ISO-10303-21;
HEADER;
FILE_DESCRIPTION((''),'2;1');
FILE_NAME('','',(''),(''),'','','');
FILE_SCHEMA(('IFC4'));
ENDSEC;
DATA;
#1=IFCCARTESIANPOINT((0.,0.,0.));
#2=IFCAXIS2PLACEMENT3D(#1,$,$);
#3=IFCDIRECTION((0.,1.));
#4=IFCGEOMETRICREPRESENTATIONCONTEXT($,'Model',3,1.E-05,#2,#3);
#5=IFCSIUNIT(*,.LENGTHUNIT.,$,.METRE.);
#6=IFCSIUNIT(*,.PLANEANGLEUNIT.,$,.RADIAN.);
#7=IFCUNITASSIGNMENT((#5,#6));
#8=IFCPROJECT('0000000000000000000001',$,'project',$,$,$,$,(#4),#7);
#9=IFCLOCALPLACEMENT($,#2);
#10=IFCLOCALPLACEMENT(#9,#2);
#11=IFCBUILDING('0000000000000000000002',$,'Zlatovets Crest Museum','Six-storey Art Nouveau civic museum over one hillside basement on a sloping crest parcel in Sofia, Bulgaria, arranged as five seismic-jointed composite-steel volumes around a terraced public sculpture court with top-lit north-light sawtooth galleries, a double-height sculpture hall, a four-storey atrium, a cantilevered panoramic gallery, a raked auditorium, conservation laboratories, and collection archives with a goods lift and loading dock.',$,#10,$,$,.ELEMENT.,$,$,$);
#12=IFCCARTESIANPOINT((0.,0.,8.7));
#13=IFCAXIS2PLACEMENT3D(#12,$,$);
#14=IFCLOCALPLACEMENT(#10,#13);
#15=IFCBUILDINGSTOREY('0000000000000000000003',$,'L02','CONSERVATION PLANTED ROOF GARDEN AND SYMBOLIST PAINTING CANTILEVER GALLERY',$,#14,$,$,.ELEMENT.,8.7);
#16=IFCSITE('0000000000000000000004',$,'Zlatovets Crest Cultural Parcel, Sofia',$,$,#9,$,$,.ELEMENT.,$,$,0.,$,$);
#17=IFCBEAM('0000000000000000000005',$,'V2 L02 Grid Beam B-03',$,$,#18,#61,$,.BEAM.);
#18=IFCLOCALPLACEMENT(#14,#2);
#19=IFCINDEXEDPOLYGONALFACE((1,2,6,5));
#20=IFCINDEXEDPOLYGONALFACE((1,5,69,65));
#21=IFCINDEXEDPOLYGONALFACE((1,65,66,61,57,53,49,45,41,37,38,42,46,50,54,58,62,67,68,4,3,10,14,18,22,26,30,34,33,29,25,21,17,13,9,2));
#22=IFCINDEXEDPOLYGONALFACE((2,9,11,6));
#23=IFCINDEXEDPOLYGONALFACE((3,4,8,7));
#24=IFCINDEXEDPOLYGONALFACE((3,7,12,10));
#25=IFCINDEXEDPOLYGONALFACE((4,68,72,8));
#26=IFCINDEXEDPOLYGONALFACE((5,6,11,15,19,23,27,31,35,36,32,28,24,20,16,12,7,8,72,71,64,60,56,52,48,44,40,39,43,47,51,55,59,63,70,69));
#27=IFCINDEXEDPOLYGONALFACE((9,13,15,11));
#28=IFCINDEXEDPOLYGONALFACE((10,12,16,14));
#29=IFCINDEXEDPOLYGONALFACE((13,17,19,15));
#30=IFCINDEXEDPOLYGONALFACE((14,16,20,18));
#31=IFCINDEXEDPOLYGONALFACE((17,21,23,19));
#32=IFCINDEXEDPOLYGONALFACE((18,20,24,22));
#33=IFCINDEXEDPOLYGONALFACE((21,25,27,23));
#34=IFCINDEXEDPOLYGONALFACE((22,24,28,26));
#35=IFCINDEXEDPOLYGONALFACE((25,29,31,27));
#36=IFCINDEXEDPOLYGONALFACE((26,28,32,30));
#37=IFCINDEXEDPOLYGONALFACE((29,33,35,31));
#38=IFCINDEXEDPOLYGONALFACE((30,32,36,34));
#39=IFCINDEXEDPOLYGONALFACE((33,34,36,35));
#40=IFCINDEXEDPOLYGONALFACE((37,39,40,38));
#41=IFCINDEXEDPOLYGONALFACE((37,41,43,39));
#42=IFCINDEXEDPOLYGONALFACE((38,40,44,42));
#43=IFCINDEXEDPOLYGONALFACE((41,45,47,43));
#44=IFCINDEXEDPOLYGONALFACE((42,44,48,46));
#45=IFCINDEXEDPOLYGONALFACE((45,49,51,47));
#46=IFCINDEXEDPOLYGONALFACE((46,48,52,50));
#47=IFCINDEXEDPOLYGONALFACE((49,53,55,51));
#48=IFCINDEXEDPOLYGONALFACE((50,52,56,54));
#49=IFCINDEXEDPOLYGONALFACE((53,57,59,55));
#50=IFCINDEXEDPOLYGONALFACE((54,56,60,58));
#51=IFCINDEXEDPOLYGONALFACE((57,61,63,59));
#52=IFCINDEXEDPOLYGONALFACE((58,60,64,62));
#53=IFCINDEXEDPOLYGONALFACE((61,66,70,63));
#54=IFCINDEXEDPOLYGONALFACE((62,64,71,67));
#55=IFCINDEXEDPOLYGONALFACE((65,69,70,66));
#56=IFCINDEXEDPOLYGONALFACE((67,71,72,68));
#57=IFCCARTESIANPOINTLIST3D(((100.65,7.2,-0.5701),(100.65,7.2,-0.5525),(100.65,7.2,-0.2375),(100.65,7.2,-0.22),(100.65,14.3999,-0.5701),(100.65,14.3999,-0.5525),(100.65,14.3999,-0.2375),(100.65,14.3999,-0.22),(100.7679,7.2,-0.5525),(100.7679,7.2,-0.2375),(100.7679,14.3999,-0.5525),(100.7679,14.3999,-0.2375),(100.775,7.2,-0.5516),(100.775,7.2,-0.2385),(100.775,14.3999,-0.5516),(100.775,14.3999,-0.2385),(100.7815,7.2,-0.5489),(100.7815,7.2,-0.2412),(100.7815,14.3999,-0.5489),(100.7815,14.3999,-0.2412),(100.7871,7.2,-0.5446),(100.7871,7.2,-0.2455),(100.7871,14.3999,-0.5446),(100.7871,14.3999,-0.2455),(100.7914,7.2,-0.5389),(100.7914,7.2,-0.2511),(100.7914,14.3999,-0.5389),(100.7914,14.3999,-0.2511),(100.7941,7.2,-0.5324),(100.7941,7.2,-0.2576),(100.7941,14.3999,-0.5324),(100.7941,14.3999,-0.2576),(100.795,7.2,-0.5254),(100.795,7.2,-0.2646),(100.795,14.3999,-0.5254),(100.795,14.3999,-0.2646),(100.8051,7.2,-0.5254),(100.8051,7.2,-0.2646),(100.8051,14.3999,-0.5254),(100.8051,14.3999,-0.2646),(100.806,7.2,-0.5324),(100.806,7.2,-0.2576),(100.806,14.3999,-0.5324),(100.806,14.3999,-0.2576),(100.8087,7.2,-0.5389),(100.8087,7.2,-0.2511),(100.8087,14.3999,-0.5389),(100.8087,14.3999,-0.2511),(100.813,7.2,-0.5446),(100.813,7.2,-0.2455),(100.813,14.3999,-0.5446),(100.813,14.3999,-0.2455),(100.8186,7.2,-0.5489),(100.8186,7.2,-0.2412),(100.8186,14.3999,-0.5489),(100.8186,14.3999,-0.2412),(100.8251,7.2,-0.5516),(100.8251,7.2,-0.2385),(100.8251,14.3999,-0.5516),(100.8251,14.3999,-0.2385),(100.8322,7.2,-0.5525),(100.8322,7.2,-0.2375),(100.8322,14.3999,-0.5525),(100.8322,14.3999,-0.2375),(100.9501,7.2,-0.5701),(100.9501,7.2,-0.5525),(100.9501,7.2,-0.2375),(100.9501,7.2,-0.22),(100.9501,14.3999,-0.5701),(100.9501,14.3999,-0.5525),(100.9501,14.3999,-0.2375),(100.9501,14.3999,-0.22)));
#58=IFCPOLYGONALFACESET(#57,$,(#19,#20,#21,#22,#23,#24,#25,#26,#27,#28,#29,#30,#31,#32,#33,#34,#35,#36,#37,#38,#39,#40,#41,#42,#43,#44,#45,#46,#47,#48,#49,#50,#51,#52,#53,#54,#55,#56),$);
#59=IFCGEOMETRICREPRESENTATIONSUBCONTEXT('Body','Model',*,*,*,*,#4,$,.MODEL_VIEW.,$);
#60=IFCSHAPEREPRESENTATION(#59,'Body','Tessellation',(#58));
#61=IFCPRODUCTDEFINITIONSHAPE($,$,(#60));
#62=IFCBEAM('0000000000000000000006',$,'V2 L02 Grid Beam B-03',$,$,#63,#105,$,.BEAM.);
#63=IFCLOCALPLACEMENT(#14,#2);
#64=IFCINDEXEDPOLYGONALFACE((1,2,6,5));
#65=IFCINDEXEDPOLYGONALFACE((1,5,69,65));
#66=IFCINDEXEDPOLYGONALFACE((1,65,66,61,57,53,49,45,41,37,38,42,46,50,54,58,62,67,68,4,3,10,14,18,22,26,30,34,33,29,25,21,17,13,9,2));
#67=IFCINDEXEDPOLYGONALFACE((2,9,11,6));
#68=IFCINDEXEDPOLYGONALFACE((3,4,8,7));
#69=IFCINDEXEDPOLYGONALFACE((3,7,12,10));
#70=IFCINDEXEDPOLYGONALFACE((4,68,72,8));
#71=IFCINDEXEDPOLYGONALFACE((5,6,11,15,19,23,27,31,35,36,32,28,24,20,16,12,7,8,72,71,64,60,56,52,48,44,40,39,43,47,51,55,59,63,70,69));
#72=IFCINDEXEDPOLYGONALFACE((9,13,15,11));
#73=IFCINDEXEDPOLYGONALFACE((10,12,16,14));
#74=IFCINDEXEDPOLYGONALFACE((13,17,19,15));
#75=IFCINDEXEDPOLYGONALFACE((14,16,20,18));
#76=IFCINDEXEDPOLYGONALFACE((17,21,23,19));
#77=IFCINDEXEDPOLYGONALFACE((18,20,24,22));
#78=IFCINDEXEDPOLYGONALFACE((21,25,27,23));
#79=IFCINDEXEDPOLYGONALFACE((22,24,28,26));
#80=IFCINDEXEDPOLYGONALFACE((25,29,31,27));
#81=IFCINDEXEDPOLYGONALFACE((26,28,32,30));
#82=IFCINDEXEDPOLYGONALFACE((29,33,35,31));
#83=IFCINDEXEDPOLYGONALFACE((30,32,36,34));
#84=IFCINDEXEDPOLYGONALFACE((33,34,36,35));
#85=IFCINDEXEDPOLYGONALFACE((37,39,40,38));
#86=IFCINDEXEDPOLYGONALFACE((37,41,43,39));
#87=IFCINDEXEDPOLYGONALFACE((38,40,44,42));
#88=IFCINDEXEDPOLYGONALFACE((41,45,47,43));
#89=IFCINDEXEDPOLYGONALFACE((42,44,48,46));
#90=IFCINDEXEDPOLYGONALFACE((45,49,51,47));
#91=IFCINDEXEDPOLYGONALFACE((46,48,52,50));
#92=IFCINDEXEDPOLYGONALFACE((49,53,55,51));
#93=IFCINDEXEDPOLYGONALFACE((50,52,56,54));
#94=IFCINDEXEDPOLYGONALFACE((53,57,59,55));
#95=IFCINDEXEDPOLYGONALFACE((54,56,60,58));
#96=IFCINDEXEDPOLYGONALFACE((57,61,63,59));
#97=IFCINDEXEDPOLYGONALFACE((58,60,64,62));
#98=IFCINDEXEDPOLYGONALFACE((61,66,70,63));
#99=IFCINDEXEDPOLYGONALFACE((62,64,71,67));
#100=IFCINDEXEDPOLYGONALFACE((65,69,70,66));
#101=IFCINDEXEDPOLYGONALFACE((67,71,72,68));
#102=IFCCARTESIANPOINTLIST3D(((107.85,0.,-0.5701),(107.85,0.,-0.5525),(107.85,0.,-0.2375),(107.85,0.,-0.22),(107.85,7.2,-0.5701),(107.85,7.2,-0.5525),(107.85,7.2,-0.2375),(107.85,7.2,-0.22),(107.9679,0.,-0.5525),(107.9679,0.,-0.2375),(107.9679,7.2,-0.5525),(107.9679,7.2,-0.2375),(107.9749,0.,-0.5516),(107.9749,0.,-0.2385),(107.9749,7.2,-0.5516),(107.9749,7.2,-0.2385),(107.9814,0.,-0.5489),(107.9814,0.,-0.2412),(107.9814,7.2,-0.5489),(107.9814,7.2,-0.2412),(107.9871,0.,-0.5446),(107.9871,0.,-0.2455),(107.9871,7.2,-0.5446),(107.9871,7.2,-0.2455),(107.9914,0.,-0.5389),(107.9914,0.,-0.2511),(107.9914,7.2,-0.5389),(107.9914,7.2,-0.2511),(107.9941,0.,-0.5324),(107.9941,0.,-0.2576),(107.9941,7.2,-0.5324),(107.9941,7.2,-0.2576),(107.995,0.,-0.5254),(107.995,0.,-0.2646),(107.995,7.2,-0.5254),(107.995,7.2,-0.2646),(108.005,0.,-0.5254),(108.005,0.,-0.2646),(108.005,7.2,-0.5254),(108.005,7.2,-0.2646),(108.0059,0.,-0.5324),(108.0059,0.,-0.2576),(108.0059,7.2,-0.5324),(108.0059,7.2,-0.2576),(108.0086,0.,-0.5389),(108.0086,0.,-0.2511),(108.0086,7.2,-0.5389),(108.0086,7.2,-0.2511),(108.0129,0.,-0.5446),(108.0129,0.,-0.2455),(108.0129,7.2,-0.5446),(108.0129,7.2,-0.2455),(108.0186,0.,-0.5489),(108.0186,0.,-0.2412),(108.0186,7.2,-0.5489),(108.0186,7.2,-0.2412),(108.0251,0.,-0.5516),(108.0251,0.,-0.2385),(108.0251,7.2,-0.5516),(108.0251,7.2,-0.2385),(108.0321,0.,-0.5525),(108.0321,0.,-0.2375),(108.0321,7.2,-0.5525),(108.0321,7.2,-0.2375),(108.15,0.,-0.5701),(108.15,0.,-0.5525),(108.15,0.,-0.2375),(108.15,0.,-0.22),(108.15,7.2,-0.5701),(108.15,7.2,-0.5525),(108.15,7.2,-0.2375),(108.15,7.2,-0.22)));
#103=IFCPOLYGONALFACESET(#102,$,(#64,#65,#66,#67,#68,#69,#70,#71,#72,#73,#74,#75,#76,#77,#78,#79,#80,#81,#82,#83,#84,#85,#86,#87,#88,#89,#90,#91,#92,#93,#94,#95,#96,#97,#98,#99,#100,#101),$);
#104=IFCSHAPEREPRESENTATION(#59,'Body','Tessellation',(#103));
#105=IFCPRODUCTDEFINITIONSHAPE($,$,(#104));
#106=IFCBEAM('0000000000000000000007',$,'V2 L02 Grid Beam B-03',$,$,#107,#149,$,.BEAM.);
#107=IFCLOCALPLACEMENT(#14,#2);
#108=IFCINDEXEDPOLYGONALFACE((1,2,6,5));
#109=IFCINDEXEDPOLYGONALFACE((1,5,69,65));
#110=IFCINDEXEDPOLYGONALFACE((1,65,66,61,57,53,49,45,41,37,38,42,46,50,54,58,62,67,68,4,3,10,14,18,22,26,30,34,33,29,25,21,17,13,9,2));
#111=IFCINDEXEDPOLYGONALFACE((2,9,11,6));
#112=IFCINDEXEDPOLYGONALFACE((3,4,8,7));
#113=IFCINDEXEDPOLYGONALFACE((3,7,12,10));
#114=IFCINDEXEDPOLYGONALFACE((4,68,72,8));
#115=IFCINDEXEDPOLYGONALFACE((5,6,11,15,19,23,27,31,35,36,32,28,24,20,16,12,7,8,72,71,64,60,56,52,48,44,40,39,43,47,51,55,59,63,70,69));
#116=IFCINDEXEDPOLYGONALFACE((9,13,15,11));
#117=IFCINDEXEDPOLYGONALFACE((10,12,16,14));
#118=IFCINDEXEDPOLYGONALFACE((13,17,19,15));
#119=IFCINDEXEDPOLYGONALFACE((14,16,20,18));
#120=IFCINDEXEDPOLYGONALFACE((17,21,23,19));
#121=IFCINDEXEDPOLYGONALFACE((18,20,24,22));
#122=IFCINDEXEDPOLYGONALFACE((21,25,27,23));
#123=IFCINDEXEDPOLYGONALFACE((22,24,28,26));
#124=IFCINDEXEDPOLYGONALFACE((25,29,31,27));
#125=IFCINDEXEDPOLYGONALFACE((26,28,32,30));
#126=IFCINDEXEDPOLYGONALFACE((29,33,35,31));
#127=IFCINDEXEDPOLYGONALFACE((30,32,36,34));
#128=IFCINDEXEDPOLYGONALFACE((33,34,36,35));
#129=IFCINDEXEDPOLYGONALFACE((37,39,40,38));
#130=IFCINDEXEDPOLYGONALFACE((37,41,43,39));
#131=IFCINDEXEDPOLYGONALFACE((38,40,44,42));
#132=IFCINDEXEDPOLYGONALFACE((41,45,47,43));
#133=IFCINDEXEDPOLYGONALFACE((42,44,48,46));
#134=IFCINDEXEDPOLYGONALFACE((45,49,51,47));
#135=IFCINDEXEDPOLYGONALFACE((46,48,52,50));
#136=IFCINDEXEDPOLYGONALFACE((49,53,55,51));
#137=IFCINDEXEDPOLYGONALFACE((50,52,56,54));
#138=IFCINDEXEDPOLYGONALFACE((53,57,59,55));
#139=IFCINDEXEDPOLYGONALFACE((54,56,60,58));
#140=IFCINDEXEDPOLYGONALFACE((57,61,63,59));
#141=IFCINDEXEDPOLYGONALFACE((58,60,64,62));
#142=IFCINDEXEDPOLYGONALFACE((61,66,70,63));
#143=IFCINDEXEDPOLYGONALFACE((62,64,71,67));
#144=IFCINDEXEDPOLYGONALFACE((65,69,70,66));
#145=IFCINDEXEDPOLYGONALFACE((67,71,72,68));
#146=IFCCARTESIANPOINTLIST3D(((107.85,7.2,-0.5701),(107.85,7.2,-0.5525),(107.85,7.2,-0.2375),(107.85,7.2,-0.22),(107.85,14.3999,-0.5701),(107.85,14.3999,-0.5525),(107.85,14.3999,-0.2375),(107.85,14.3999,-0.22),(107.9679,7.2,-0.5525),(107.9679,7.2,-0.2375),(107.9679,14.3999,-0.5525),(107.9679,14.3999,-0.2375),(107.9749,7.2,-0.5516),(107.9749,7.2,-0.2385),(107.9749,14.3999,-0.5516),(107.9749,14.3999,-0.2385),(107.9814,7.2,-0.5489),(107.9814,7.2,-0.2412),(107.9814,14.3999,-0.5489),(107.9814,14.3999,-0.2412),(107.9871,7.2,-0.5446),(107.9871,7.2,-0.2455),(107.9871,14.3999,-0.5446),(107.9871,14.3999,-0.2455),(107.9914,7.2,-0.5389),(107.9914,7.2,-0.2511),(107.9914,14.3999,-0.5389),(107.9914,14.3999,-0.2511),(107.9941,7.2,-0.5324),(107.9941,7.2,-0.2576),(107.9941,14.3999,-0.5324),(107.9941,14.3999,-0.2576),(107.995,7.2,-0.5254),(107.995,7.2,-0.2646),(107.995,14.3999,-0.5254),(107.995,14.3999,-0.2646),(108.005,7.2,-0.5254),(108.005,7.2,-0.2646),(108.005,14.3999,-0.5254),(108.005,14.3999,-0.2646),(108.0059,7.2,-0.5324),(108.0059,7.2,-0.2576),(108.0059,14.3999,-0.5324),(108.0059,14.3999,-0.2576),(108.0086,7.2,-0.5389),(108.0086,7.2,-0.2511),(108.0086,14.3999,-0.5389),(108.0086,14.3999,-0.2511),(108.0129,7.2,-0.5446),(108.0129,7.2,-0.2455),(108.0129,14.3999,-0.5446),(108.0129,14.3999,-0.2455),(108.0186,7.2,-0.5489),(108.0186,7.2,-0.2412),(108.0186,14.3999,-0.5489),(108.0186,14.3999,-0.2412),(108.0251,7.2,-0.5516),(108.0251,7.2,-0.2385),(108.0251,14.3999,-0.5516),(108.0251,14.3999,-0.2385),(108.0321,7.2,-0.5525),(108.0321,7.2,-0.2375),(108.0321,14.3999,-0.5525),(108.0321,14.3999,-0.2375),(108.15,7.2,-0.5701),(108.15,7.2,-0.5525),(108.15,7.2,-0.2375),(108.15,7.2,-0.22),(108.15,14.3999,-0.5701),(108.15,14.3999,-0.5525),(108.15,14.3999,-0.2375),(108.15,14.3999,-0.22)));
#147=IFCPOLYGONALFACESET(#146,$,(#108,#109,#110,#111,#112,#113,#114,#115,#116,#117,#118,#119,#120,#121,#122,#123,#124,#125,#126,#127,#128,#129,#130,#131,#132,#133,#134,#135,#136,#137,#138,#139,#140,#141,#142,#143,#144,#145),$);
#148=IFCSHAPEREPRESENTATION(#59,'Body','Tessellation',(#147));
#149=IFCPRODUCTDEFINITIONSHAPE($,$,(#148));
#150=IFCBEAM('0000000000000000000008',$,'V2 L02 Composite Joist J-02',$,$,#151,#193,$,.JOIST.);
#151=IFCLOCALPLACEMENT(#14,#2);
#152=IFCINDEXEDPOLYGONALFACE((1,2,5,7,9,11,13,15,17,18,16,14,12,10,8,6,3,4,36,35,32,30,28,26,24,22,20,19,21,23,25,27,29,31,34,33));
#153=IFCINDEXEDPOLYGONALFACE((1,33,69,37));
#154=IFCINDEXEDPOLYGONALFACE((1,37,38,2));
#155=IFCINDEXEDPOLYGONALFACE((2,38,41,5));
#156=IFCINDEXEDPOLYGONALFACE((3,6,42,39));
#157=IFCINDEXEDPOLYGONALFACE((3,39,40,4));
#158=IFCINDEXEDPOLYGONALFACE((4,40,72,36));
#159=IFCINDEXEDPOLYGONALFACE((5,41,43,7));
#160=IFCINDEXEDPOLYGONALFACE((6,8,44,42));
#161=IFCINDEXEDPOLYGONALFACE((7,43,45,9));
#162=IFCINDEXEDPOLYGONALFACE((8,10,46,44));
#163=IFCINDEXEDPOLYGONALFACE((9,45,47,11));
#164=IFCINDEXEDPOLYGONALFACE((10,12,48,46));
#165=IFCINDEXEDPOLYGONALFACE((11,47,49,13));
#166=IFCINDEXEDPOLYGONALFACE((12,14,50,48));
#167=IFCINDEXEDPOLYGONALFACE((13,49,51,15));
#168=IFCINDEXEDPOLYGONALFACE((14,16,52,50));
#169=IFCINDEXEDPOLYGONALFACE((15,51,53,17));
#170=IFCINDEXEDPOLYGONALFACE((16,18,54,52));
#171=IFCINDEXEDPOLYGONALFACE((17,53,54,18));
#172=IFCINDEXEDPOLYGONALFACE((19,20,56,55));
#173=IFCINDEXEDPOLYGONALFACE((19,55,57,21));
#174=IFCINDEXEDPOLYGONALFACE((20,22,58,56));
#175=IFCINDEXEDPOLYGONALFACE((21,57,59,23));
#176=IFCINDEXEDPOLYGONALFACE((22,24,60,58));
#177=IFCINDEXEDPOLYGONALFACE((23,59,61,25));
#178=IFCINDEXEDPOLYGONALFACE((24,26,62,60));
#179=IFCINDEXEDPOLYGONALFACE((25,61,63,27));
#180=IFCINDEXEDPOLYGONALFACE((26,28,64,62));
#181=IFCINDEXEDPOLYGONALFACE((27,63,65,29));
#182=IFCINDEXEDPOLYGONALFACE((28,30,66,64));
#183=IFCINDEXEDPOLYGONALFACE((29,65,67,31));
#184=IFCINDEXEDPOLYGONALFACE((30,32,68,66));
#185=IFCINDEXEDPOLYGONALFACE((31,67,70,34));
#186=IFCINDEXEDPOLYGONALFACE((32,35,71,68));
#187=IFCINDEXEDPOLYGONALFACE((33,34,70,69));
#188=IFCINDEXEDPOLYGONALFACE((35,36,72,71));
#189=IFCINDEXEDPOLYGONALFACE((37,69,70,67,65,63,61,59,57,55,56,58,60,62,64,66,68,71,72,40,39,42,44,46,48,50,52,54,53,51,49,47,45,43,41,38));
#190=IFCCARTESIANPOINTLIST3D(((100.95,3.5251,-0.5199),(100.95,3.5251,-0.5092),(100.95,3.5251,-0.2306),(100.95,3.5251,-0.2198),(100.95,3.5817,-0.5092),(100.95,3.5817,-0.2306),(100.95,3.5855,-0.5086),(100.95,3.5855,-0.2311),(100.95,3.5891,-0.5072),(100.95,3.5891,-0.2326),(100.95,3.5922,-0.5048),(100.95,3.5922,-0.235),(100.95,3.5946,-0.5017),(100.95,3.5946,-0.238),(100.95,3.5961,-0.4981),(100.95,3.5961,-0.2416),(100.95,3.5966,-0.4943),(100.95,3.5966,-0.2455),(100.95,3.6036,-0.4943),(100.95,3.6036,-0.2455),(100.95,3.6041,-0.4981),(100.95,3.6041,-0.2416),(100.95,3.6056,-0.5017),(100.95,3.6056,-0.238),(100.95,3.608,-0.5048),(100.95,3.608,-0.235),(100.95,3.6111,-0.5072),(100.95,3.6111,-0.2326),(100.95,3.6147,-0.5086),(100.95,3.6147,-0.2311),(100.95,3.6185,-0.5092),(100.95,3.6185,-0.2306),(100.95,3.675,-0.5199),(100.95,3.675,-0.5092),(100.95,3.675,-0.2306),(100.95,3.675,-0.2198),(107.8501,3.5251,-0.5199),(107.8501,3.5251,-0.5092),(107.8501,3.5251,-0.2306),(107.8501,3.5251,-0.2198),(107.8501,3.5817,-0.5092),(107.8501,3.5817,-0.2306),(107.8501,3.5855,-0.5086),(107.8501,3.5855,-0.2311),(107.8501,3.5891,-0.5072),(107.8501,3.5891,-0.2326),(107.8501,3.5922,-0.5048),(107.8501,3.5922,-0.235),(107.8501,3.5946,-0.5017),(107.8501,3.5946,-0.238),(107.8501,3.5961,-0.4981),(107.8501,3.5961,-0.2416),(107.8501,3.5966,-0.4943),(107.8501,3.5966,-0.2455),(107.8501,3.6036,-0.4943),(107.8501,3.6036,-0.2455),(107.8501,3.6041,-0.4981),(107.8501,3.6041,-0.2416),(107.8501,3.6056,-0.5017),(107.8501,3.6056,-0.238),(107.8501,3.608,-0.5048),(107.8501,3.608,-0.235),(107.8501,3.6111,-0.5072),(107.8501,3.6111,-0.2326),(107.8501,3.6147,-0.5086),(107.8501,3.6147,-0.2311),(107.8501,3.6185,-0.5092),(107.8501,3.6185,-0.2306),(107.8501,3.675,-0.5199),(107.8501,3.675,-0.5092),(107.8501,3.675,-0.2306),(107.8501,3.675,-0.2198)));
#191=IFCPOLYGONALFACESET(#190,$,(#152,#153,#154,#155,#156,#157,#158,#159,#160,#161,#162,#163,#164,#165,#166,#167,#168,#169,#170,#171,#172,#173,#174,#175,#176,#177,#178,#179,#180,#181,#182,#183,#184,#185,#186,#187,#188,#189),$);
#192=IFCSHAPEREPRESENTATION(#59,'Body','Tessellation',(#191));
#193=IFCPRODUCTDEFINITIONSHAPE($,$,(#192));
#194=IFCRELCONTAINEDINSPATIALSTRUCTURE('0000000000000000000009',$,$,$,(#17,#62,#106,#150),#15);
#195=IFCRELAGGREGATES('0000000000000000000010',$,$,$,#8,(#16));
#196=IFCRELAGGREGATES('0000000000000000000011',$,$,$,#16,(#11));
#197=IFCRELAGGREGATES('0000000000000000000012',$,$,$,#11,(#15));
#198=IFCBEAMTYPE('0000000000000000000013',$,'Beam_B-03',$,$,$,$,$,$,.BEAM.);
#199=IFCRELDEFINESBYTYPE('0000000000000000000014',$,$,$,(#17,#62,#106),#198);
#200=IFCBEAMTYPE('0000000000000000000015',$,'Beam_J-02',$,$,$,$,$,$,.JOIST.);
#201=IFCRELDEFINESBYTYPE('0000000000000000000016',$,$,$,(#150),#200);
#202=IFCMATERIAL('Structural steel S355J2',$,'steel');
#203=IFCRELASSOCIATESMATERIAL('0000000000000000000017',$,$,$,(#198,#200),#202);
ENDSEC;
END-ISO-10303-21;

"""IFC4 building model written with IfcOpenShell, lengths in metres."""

from ifc_helpers import new_model, si_unit, direction, frame, origin, origin_2d, place, context, subcontext, project, spatial, i_section, extrude, material, material_profile, profile_set, type_object, element, save


model = new_model("IFC4")

# Units and contexts
model_context = context("Model", 3, precision=1e-05, world=origin(), true_north=direction((0.0, 1.0)))
body_context = subcontext(model_context, "Body", "Model", "MODEL_VIEW")
ifc_project = project(units=[si_unit("LENGTHUNIT", "METRE"), si_unit("PLANEANGLEUNIT", "RADIAN")], contexts=[model_context])

# Site, building, storey
site_placement = place(None, origin())
site = spatial("IfcSite", under=ifc_project, at=site_placement, Name="Zlatovets Crest Cultural Parcel, Sofia", CompositionType="ELEMENT", RefElevation=0.0)
building_placement = place(site_placement, origin())
building = spatial("IfcBuilding", under=site, at=building_placement, Name="Zlatovets Crest Museum", Description="Six-storey Art Nouveau civic museum over one hillside basement on a sloping crest parcel in Sofia, Bulgaria, arranged as five seismic-jointed composite-steel volumes around a terraced public sculpture court with top-lit north-light sawtooth galleries, a double-height sculpture hall, a four-storey atrium, a cantilevered panoramic gallery, a raked auditorium, conservation laboratories, and collection archives with a goods lift and loading dock.", CompositionType="ELEMENT")
storey_placement = place(building_placement, frame((0.0, 0.0, 8.7)))
storey = spatial("IfcBuildingStorey", under=building, at=storey_placement, Name="L02", Description="CONSERVATION PLANTED ROOF GARDEN AND SYMBOLIST PAINTING CANTILEVER GALLERY", CompositionType="ELEMENT", Elevation=8.7)

# Shared definitions
ifc_material_1 = material(Name="Structural steel S355J2", Category="steel")

# Beams
ifc_material_profile_1 = material_profile(ifc_material_1, i_section(OverallWidth=0.3, OverallDepth=0.3501, WebThickness=0.01, FlangeThickness=0.0176, FilletRadius=0.0271, at=origin_2d()), Name="HEA 360")
ifc_profile_set_1 = profile_set([ifc_material_profile_1], Name="Structural steel S355J2")
beam_type_1 = type_object("IfcBeamType", Name="Beam_B-03", PredefinedType="BEAM", material=ifc_profile_set_1)
for number, where, z_axis, x_axis, name in (
    (1, (100.8, 7.2, -0.395), (0.0, 1.0, 0.0), (-1.0, 0.0, 0.0), "V2 L02 Grid Beam B-03"),
    (2, (108.0, 0.0, -0.395), (0.0, 1.0, 0.0), (-1.0, 0.0, 0.0), "V2 L02 Grid Beam B-03"),
    (3, (108.0, 7.2, -0.395), (0.0, 1.0, 0.0), (-1.0, 0.0, 0.0), "V2 L02 Grid Beam B-03"),
):
    element("IfcBeam", number, at=place(storey_placement, frame(where, z_axis=z_axis, x_axis=x_axis)), inside=storey, type_object=beam_type_1, Name=name, PredefinedType="BEAM", context=body_context, shape_type="SweptSolid", body=[
        extrude(i_section(OverallWidth=0.3, OverallDepth=0.3501, WebThickness=0.01, FlangeThickness=0.0176, FilletRadius=0.0271, at=origin_2d()), origin(), (0.0, 0.0, 1.0), 7.2),
    ])
ifc_material_profile_2 = material_profile(ifc_material_1, i_section(OverallWidth=0.1499, OverallDepth=0.3, WebThickness=0.0071, FlangeThickness=0.0107, FilletRadius=0.0149, at=origin_2d()), Name="IPE 300")
ifc_profile_set_2 = profile_set([ifc_material_profile_2], Name="Structural steel S355J2")
beam_type_2 = type_object("IfcBeamType", Name="Beam_J-02", PredefinedType="JOIST", material=ifc_profile_set_2)
beam_1_placement = place(storey_placement, frame((100.95, 3.6001, -0.3699), z_axis=(1.0, 0.0, 0.0), x_axis=(0.0, 1.0, 0.0)))
element("IfcBeam", 4, at=beam_1_placement, inside=storey, type_object=beam_type_2, Name="V2 L02 Composite Joist J-02", PredefinedType="JOIST", context=body_context, shape_type="SweptSolid", body=[
    extrude(i_section(OverallWidth=0.1499, OverallDepth=0.3, WebThickness=0.0071, FlangeThickness=0.0107, FilletRadius=0.0149, at=origin_2d()), origin(), (0.0, 0.0, 1.0), 6.9001),
])

save(model, "model.ifc")
